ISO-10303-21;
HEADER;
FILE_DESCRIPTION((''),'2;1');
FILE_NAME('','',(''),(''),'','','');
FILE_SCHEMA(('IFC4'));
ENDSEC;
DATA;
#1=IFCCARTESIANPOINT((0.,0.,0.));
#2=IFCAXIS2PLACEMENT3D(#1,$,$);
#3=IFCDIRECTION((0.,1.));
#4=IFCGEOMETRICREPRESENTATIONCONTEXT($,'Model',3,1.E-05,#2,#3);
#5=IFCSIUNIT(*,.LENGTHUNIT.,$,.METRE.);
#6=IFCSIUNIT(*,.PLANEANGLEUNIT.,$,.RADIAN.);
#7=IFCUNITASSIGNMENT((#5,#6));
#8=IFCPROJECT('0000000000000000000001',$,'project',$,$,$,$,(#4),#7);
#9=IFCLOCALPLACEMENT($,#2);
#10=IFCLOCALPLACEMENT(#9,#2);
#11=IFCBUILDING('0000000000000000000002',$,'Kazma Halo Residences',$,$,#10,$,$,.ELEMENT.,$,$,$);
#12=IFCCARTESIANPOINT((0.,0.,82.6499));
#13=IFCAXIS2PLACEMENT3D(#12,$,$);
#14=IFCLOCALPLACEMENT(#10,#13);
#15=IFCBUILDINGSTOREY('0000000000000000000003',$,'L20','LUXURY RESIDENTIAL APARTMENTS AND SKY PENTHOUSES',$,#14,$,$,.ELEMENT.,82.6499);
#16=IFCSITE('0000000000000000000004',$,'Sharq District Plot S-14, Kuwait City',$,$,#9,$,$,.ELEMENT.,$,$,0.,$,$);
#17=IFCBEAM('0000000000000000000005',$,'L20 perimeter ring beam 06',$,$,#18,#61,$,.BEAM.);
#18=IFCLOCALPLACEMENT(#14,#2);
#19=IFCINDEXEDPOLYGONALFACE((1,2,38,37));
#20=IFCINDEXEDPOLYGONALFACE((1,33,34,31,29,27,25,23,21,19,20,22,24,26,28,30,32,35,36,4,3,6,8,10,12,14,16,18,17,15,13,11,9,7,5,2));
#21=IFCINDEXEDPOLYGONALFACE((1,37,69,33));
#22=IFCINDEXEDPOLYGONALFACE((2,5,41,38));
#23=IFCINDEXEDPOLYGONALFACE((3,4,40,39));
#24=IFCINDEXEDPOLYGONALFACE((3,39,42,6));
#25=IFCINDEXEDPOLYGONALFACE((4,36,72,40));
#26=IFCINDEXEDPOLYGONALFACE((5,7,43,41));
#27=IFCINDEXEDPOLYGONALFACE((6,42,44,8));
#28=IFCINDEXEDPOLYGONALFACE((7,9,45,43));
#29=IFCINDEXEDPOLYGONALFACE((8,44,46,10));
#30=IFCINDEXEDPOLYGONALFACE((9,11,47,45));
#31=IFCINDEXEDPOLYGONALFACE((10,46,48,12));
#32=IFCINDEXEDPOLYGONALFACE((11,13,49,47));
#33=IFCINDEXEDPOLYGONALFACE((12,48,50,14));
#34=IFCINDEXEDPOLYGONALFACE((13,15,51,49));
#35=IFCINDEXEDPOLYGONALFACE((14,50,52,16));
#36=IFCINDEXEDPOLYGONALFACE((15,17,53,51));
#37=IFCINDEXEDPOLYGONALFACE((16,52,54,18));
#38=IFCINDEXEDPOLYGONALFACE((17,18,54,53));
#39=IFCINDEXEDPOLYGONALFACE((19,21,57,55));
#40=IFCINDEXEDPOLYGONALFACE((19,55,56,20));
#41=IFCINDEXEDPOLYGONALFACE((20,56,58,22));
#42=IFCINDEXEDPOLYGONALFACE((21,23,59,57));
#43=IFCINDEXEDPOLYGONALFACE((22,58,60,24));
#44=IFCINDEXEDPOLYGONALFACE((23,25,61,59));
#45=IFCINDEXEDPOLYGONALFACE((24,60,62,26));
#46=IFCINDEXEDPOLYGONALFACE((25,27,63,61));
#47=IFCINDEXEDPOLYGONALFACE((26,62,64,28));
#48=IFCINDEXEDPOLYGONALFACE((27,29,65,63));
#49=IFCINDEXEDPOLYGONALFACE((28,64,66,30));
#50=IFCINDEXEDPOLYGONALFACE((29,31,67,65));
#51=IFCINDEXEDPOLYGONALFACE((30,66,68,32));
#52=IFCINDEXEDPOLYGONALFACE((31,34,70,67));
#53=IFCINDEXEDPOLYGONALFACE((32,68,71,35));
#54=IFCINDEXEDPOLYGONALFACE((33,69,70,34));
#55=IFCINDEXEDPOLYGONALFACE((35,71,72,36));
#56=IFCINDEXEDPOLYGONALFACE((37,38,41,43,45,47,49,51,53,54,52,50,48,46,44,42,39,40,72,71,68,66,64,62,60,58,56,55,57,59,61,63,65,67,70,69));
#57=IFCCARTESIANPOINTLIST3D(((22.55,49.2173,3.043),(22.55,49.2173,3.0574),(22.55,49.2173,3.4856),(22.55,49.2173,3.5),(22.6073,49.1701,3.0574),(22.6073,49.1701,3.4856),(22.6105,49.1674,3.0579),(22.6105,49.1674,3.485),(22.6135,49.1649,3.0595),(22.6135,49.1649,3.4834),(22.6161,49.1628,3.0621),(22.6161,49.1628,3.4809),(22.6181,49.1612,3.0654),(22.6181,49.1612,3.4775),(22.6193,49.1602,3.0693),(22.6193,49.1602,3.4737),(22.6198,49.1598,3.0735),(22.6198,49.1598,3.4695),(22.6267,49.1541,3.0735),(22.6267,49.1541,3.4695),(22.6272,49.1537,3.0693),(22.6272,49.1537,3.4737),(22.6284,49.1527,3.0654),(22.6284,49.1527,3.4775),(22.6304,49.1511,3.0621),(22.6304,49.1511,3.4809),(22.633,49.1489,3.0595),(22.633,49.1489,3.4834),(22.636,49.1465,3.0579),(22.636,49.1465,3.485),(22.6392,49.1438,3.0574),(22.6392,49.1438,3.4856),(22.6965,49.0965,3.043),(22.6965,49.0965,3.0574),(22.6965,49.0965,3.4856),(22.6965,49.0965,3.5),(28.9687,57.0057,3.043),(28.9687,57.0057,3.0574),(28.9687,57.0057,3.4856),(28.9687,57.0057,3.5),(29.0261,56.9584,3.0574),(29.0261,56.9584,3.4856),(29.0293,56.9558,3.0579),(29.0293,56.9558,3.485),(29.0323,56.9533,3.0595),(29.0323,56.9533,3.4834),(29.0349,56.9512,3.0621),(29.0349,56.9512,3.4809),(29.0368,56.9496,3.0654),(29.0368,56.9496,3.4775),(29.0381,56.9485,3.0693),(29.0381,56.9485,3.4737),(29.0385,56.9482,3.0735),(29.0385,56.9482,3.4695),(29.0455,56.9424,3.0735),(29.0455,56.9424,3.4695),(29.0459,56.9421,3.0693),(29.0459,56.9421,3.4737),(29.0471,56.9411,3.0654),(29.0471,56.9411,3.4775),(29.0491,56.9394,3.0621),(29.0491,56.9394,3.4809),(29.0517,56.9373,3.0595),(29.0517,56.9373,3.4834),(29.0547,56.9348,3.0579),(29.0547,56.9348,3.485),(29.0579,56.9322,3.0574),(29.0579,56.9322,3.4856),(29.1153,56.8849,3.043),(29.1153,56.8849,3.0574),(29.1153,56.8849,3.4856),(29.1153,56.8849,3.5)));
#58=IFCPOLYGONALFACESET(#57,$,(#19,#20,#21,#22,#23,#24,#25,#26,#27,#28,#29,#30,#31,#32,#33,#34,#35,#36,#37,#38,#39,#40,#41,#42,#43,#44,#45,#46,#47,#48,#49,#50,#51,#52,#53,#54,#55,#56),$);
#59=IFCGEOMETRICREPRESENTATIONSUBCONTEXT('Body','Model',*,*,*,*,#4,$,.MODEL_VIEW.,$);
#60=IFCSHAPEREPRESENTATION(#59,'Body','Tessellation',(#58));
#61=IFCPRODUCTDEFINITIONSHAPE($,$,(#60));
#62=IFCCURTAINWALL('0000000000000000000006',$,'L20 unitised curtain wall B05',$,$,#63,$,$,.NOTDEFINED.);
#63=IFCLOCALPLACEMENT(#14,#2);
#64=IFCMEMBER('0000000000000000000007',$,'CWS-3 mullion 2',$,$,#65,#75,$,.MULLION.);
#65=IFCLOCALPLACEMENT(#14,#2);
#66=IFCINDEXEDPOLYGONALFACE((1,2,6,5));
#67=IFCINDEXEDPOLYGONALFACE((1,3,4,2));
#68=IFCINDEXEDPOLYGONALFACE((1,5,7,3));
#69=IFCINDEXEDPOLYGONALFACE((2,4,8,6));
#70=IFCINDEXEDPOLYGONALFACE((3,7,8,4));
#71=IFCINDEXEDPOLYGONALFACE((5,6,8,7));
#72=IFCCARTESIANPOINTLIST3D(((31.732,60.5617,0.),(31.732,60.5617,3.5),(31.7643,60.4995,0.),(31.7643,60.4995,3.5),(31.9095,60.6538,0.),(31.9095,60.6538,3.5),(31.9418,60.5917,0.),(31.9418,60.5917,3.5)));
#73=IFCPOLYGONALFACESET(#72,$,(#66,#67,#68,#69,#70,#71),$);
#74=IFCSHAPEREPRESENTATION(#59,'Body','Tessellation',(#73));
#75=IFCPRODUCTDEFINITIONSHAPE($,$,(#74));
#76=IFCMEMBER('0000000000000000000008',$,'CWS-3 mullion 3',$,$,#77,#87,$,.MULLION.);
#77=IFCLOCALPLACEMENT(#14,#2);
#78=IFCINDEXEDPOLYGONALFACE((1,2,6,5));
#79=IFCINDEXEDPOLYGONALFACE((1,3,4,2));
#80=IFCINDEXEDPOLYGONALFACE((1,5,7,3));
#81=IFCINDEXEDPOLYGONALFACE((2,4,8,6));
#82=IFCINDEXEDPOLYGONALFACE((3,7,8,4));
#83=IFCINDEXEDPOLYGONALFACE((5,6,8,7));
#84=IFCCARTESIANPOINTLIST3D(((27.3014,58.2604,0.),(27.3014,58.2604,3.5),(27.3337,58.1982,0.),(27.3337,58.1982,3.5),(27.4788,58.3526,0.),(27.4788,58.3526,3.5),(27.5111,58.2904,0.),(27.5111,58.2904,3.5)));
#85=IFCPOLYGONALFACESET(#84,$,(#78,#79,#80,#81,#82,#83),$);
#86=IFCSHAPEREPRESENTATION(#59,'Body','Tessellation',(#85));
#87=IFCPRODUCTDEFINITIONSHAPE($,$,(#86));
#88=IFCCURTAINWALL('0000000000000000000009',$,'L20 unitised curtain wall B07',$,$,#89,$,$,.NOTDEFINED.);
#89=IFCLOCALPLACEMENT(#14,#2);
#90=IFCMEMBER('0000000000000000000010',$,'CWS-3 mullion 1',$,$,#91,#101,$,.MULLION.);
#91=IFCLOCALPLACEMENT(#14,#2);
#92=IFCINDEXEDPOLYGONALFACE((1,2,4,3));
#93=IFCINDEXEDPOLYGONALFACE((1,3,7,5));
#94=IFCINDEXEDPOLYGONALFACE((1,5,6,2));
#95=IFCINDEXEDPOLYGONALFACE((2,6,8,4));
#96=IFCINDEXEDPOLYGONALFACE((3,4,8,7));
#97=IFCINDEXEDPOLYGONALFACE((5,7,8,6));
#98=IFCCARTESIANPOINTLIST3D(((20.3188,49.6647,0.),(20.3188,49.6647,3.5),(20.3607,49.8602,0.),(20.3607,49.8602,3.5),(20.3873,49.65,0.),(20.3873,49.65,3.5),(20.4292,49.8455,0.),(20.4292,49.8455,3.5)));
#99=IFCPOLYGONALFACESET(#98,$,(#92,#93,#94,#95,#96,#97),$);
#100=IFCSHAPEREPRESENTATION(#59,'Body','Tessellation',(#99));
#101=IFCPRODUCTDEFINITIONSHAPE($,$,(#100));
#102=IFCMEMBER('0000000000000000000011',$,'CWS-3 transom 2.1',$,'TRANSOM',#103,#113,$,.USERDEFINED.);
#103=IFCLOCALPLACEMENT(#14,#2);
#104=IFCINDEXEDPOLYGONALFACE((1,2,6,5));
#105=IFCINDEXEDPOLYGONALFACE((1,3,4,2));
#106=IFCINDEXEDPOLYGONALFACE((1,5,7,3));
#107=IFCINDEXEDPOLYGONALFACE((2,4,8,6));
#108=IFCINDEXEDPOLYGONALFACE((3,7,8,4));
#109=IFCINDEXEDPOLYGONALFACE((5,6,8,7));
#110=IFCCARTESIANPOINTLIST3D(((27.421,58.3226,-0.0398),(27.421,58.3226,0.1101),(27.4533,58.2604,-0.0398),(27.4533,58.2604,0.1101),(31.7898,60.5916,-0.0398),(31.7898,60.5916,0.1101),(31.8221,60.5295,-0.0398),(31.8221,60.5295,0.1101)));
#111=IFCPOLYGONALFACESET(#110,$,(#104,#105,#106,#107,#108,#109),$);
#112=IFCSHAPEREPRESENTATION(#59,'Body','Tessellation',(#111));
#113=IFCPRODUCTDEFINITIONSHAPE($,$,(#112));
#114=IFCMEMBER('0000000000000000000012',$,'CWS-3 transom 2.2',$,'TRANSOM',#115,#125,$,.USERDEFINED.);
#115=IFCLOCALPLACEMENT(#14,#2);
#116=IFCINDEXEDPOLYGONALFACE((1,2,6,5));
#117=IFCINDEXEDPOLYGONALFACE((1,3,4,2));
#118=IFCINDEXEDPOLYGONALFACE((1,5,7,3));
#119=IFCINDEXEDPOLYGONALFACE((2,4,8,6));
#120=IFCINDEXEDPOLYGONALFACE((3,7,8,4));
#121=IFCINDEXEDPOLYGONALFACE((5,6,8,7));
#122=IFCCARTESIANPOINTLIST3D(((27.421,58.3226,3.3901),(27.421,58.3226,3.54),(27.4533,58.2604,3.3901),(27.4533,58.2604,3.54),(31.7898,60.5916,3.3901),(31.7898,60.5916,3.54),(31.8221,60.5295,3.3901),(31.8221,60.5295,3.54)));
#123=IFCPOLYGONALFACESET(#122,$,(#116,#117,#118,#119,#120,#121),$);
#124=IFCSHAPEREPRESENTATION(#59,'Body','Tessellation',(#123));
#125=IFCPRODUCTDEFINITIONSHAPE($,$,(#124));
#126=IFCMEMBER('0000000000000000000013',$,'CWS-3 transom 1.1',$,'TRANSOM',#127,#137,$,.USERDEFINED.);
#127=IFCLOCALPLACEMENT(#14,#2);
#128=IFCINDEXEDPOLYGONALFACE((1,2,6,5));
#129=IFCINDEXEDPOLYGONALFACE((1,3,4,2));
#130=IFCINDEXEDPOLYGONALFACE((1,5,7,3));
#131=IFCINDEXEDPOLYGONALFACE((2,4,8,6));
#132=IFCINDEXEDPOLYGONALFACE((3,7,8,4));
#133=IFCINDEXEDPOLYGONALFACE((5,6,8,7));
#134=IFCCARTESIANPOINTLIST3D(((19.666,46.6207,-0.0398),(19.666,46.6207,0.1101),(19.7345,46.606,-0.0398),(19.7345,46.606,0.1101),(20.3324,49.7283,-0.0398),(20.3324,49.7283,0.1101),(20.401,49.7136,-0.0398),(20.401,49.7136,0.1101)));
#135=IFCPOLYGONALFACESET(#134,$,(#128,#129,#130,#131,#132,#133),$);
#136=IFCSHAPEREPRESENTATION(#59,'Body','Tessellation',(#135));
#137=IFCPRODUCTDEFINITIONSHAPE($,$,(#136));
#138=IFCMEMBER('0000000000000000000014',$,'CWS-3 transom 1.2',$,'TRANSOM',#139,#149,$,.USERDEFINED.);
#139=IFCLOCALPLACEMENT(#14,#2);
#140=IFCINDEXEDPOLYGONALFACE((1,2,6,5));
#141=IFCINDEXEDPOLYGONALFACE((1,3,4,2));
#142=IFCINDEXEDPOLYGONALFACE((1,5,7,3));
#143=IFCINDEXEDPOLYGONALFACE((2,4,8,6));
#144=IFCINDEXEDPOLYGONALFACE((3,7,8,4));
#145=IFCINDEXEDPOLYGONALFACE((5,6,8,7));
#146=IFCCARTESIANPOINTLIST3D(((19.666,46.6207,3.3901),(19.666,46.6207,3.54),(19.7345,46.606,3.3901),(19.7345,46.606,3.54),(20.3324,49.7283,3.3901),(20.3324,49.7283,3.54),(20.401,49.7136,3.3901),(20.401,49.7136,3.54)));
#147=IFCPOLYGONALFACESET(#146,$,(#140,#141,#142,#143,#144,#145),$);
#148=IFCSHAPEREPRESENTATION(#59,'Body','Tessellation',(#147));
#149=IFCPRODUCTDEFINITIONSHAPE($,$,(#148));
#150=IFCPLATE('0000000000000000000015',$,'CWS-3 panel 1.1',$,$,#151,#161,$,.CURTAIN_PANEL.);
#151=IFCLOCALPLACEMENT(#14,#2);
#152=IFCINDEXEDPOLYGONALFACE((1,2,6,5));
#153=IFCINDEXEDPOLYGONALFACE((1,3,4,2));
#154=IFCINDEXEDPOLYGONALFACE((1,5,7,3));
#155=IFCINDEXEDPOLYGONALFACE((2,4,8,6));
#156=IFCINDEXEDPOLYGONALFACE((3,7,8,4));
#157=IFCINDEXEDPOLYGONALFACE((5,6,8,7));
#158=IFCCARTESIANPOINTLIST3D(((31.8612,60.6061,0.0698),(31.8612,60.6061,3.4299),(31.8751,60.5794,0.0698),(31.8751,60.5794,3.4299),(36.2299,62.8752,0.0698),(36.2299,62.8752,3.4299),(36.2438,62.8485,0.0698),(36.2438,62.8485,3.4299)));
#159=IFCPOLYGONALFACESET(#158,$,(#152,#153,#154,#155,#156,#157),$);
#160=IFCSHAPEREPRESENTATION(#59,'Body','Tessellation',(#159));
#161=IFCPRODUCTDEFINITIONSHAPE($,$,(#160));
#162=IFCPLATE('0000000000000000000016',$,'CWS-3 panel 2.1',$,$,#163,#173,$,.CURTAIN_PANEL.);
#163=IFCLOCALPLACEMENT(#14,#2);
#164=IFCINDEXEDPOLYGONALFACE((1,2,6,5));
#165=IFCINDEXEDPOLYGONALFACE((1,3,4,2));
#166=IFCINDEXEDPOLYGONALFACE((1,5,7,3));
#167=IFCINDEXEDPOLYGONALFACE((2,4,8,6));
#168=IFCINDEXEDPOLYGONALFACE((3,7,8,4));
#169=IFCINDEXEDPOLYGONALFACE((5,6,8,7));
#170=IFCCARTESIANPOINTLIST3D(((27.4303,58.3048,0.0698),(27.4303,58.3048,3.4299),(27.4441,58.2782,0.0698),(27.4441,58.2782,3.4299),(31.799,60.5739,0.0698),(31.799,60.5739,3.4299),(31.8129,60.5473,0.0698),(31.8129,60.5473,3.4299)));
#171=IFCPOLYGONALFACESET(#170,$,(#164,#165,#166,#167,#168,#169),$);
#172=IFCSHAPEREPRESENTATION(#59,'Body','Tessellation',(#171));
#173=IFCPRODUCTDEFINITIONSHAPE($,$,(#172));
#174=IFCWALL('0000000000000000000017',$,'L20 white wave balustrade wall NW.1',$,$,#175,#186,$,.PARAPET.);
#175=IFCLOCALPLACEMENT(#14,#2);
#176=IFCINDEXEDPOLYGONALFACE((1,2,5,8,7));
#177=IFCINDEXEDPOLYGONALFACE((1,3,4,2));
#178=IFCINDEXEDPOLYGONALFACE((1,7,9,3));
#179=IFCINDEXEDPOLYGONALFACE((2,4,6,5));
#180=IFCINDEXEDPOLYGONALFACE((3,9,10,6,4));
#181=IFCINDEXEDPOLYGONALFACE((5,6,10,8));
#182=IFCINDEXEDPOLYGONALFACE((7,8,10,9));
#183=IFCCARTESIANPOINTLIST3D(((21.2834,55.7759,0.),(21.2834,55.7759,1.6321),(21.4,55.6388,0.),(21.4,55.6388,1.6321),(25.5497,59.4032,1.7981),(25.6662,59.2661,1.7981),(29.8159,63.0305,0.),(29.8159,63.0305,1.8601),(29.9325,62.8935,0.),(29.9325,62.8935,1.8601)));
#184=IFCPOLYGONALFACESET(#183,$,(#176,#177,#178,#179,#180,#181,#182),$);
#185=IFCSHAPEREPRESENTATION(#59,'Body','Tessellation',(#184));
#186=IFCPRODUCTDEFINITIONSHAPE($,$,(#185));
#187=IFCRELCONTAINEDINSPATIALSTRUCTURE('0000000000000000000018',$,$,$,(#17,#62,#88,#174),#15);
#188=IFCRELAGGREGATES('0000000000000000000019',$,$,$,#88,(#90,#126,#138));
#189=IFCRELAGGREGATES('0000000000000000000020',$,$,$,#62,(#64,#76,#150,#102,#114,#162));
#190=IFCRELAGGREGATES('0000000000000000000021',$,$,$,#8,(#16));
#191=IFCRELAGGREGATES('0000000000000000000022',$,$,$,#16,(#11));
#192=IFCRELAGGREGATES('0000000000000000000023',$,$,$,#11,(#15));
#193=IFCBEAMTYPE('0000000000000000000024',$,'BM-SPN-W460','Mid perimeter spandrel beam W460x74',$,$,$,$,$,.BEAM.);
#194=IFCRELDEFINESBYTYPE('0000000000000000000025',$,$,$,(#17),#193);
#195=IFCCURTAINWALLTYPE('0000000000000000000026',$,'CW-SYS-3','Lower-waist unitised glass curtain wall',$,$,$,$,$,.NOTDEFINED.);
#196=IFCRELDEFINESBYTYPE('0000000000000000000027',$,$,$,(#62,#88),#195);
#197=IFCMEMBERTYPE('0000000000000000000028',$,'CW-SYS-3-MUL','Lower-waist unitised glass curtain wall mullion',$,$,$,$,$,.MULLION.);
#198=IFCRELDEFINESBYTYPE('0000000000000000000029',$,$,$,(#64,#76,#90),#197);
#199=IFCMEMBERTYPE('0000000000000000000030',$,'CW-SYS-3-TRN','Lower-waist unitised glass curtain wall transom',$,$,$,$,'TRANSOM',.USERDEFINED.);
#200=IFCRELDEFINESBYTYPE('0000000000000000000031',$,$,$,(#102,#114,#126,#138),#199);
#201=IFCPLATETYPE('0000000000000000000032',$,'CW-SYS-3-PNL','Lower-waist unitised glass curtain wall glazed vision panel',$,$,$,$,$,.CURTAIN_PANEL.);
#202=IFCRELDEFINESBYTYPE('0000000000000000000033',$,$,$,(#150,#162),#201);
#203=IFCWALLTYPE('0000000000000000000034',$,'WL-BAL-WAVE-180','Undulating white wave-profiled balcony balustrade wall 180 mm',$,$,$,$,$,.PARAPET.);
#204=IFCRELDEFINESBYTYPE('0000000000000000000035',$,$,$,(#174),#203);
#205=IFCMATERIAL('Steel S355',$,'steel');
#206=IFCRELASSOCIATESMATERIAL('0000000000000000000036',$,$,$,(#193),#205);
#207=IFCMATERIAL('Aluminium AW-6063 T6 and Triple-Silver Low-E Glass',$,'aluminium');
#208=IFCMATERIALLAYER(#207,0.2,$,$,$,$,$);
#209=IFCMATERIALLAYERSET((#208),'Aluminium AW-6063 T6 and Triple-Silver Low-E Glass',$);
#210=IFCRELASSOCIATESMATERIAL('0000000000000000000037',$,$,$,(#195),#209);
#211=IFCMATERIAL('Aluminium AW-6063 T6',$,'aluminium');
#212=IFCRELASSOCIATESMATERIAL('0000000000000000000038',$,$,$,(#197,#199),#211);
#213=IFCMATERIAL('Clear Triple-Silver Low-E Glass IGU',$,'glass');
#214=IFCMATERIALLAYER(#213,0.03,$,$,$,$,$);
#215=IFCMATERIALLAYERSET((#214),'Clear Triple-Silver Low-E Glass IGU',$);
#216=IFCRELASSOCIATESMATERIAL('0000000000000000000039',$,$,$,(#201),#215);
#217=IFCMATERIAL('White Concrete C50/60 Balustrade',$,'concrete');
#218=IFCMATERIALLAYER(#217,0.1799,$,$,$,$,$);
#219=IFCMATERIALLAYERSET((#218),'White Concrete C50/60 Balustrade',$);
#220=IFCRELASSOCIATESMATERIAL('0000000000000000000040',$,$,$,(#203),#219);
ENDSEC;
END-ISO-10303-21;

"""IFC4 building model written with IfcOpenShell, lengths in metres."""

from ifc_helpers import new_model, si_unit, direction, frame, origin, origin_2d, place, context, subcontext, project, spatial, polyline, rectangle, i_section, outline, extrude, material, layer, layer_set, material_profile, profile_set, type_object, element, aggregate, save


model = new_model("IFC4")

# Units and contexts
model_context = context("Model", 3, precision=1e-05, world=origin(), true_north=direction((0.0, 1.0)))
body_context = subcontext(model_context, "Body", "Model", "MODEL_VIEW")
ifc_project = project(units=[si_unit("LENGTHUNIT", "METRE"), si_unit("PLANEANGLEUNIT", "RADIAN")], contexts=[model_context])

# Site, building, storey
site_placement = place(None, origin())
site = spatial("IfcSite", under=ifc_project, at=site_placement, Name="Sharq District Plot S-14, Kuwait City", CompositionType="ELEMENT", RefElevation=0.0)
building_placement = place(site_placement, origin())
building = spatial("IfcBuilding", under=site, at=building_placement, Name="Kazma Halo Residences", CompositionType="ELEMENT")
storey_placement = place(building_placement, frame((0.0, 0.0, 82.6499)))
storey = spatial("IfcBuildingStorey", under=building, at=storey_placement, Name="L20", Description="LUXURY RESIDENTIAL APARTMENTS AND SKY PENTHOUSES", CompositionType="ELEMENT", Elevation=82.6499)

# Beam
ifc_material_1 = material(Name="Steel S355", Category="steel")
ifc_material_profile_1 = material_profile(ifc_material_1, i_section(OverallWidth=0.1899, OverallDepth=0.457, WebThickness=0.009, FlangeThickness=0.0144, FilletRadius=0.0161, at=origin_2d()), Name="W460x74")
ifc_profile_set_1 = profile_set([ifc_material_profile_1], Name="Steel S355")
beam_type_1 = type_object("IfcBeamType", Name="BM-SPN-W460", Description="Mid perimeter spandrel beam W460x74", PredefinedType="BEAM", material=ifc_profile_set_1)
beam_1_placement = place(storey_placement, frame((29.042, 56.9453, 3.2715), z_axis=(-0.63599, -0.771698, 0.0), x_axis=(0.771698, -0.63599, 0.0)))
element("IfcBeam", 1, at=beam_1_placement, inside=storey, type_object=beam_type_1, Name="L20 perimeter ring beam 06", PredefinedType="BEAM", context=body_context, shape_type="SweptSolid", body=[
    extrude(i_section(OverallWidth=0.1899, OverallDepth=0.457, WebThickness=0.009, FlangeThickness=0.0144, FilletRadius=0.0161, at=origin_2d()), origin(), (0.0, 0.0, 1.0), 10.0925),
])

# Curtain wall, members
ifc_material_2 = material(Name="Aluminium AW-6063 T6 and Triple-Silver Low-E Glass", Category="aluminium")
ifc_layer_1 = layer(ifc_material_2, 0.2)
ifc_layer_set_1 = layer_set([ifc_layer_1], Name="Aluminium AW-6063 T6 and Triple-Silver Low-E Glass")
curtain_wall_type = type_object("IfcCurtainWallType", Name="CW-SYS-3", Description="Lower-waist unitised glass curtain wall", PredefinedType="NOTDEFINED", material=ifc_layer_set_1)
curtain_wall_1_placement = place(storey_placement, origin())
curtain_wall_1 = element("IfcCurtainWall", 2, at=curtain_wall_1_placement, inside=storey, type_object=curtain_wall_type, Name="L20 unitised curtain wall B05", PredefinedType="NOTDEFINED")
ifc_material_3 = material(Name="Aluminium AW-6063 T6", Category="aluminium")
ifc_material_profile_2 = material_profile(ifc_material_3, rectangle(XDim=0.0701, YDim=0.2, at=origin_2d()), Name="CWM-70x200")
ifc_profile_set_2 = profile_set([ifc_material_profile_2], Name="Aluminium AW-6063 T6")
member_type_1 = type_object("IfcMemberType", Name="CW-SYS-3-MUL", Description="Lower-waist unitised glass curtain wall mullion", PredefinedType="MULLION", material=ifc_profile_set_2)
member_1_placement = place(storey_placement, frame((31.8369, 60.5767, 0.0), z_axis=(0.0, 0.0, 1.0), x_axis=(0.460932, -0.887435, 0.0)))
member_1 = element("IfcMember", 3, at=member_1_placement, type_object=member_type_1, Name="CWS-3 mullion 2", PredefinedType="MULLION", context=body_context, shape_type="SweptSolid", body=[
    extrude(rectangle(XDim=0.0701, YDim=0.2, at=origin_2d()), origin(), (0.0, 0.0, 1.0), 3.5),
])
member_2_placement = place(storey_placement, frame((27.4062, 58.2754, 0.0), z_axis=(0.0, 0.0, 1.0), x_axis=(0.460932, -0.887435, 0.0)))
member_2 = element("IfcMember", 4, at=member_2_placement, type_object=member_type_1, Name="CWS-3 mullion 3", PredefinedType="MULLION", context=body_context, shape_type="SweptSolid", body=[
    extrude(rectangle(XDim=0.0701, YDim=0.2, at=origin_2d()), origin(), (0.0, 0.0, 1.0), 3.5),
])

# Curtain wall, member
curtain_wall_2_placement = place(storey_placement, origin())
curtain_wall_2 = element("IfcCurtainWall", 5, at=curtain_wall_2_placement, inside=storey, type_object=curtain_wall_type, Name="L20 unitised curtain wall B07", PredefinedType="NOTDEFINED")
member_3_placement = place(storey_placement, frame((20.374, 49.7551, 0.0), z_axis=(0.0, 0.0, 1.0), x_axis=(0.977774, -0.209661, 0.0)))
member_3 = element("IfcMember", 6, at=member_3_placement, type_object=member_type_1, Name="CWS-3 mullion 1", PredefinedType="MULLION", context=body_context, shape_type="SweptSolid", body=[
    extrude(rectangle(XDim=0.0701, YDim=0.2, at=origin_2d()), origin(), (0.0, 0.0, 1.0), 3.5),
])

# Members
ifc_material_profile_3 = material_profile(ifc_material_3, rectangle(XDim=0.0701, YDim=0.1499, at=origin_2d()), Name="CWT-70x150")
ifc_profile_set_3 = profile_set([ifc_material_profile_3], Name="Aluminium AW-6063 T6")
member_type_2 = type_object("IfcMemberType", Name="CW-SYS-3-TRN", Description="Lower-waist unitised glass curtain wall transom", ElementType="TRANSOM", PredefinedType="USERDEFINED", material=ifc_profile_set_3)
member_4_placement = place(storey_placement, frame((31.8059, 60.5605, 0.0352), z_axis=(-0.887438, -0.460928, 0.0), x_axis=(0.460928, -0.887438, 0.0)))
member_4 = element("IfcMember", 7, at=member_4_placement, type_object=member_type_2, Name="CWS-3 transom 2.1", ObjectType="TRANSOM", PredefinedType="USERDEFINED", context=body_context, shape_type="SweptSolid", body=[
    extrude(rectangle(XDim=0.0701, YDim=0.1499, at=origin_2d()), origin(), (0.0, 0.0, 1.0), 4.9229),
])
member_5_placement = place(storey_placement, frame((31.8059, 60.5605, 3.4651), z_axis=(-0.887438, -0.460928, 0.0), x_axis=(0.460928, -0.887438, 0.0)))
member_5 = element("IfcMember", 8, at=member_5_placement, type_object=member_type_2, Name="CWS-3 transom 2.2", ObjectType="TRANSOM", PredefinedType="USERDEFINED", context=body_context, shape_type="SweptSolid", body=[
    extrude(rectangle(XDim=0.0701, YDim=0.1499, at=origin_2d()), origin(), (0.0, 0.0, 1.0), 4.9229),
])
member_6_placement = place(storey_placement, frame((20.3667, 49.7209, 0.0352), z_axis=(-0.209702, -0.977765, 0.0), x_axis=(0.977765, -0.209702, 0.0)))
member_6 = element("IfcMember", 9, at=member_6_placement, type_object=member_type_2, Name="CWS-3 transom 1.1", ObjectType="TRANSOM", PredefinedType="USERDEFINED", context=body_context, shape_type="SweptSolid", body=[
    extrude(rectangle(XDim=0.0701, YDim=0.1499, at=origin_2d()), origin(), (0.0, 0.0, 1.0), 3.1782),
])
member_7_placement = place(storey_placement, frame((20.3667, 49.7209, 3.4651), z_axis=(-0.209702, -0.977765, 0.0), x_axis=(0.977765, -0.209702, 0.0)))
member_7 = element("IfcMember", 10, at=member_7_placement, type_object=member_type_2, Name="CWS-3 transom 1.2", ObjectType="TRANSOM", PredefinedType="USERDEFINED", context=body_context, shape_type="SweptSolid", body=[
    extrude(rectangle(XDim=0.0701, YDim=0.1499, at=origin_2d()), origin(), (0.0, 0.0, 1.0), 3.1782),
])
aggregate(curtain_wall_2, [member_3, member_6, member_7])

# Plates
ifc_material_4 = material(Name="Clear Triple-Silver Low-E Glass IGU", Category="glass")
ifc_layer_2 = layer(ifc_material_4, 0.03)
ifc_layer_set_2 = layer_set([ifc_layer_2], Name="Clear Triple-Silver Low-E Glass IGU")
plate_type = type_object("IfcPlateType", Name="CW-SYS-3-PNL", Description="Lower-waist unitised glass curtain wall glazed vision panel", PredefinedType="CURTAIN_PANEL", material=ifc_layer_set_2)
plate_1_placement = place(storey_placement, frame((34.0525, 61.7273, 0.0698), z_axis=(0.0, 0.0, 1.0), x_axis=(-0.887435, -0.460932, 0.0)))
plate_1 = element("IfcPlate", 11, at=plate_1_placement, type_object=plate_type, Name="CWS-3 panel 1.1", PredefinedType="CURTAIN_PANEL", context=body_context, shape_type="SweptSolid", body=[
    extrude(rectangle(XDim=4.9229, YDim=0.03, at=origin_2d()), origin(), (0.0, 0.0, 1.0), 3.3601),
])
plate_2_placement = place(storey_placement, frame((29.6216, 59.426, 0.0698), z_axis=(0.0, 0.0, 1.0), x_axis=(-0.887435, -0.460932, 0.0)))
plate_2 = element("IfcPlate", 12, at=plate_2_placement, type_object=plate_type, Name="CWS-3 panel 2.1", PredefinedType="CURTAIN_PANEL", context=body_context, shape_type="SweptSolid", body=[
    extrude(rectangle(XDim=4.9229, YDim=0.03, at=origin_2d()), origin(), (0.0, 0.0, 1.0), 3.3601),
])
aggregate(curtain_wall_1, [member_1, member_2, plate_1, member_4, member_5, plate_2])

# Wall
ifc_material_5 = material(Name="White Concrete C50/60 Balustrade", Category="concrete")
ifc_layer_3 = layer(ifc_material_5, 0.1799)
ifc_layer_set_3 = layer_set([ifc_layer_3], Name="White Concrete C50/60 Balustrade")
wall_type_1 = type_object("IfcWallType", Name="WL-BAL-WAVE-180", Description="Undulating white wave-profiled balcony balustrade wall 180 mm", PredefinedType="PARAPET", material=ifc_layer_set_3)
wall_1_placement = place(storey_placement, frame((29.8743, 62.9619, 0.0), z_axis=(0.0, 0.0, 1.0), x_axis=(-0.761849, -0.647754, 0.0)))
element("IfcWall", 13, at=wall_1_placement, inside=storey, type_object=wall_type_1, Name="L20 white wave balustrade wall NW.1", PredefinedType="PARAPET", context=body_context, shape_type="SweptSolid", body=[
    extrude(outline(polyline([(0.0, 0.0), (11.1997, 0.0), (11.1997, 1.6321), (5.5999, 1.7981), (0.0, 1.8601), (0.0, 0.0)])), frame((0.0, 0.0898, 0.0), z_axis=(0.0, -1.0, 0.0), x_axis=(1.0, 0.0, 0.0)), (0.0, 0.0, 1.0), 0.1799),
])

save(model, "model.ifc")
